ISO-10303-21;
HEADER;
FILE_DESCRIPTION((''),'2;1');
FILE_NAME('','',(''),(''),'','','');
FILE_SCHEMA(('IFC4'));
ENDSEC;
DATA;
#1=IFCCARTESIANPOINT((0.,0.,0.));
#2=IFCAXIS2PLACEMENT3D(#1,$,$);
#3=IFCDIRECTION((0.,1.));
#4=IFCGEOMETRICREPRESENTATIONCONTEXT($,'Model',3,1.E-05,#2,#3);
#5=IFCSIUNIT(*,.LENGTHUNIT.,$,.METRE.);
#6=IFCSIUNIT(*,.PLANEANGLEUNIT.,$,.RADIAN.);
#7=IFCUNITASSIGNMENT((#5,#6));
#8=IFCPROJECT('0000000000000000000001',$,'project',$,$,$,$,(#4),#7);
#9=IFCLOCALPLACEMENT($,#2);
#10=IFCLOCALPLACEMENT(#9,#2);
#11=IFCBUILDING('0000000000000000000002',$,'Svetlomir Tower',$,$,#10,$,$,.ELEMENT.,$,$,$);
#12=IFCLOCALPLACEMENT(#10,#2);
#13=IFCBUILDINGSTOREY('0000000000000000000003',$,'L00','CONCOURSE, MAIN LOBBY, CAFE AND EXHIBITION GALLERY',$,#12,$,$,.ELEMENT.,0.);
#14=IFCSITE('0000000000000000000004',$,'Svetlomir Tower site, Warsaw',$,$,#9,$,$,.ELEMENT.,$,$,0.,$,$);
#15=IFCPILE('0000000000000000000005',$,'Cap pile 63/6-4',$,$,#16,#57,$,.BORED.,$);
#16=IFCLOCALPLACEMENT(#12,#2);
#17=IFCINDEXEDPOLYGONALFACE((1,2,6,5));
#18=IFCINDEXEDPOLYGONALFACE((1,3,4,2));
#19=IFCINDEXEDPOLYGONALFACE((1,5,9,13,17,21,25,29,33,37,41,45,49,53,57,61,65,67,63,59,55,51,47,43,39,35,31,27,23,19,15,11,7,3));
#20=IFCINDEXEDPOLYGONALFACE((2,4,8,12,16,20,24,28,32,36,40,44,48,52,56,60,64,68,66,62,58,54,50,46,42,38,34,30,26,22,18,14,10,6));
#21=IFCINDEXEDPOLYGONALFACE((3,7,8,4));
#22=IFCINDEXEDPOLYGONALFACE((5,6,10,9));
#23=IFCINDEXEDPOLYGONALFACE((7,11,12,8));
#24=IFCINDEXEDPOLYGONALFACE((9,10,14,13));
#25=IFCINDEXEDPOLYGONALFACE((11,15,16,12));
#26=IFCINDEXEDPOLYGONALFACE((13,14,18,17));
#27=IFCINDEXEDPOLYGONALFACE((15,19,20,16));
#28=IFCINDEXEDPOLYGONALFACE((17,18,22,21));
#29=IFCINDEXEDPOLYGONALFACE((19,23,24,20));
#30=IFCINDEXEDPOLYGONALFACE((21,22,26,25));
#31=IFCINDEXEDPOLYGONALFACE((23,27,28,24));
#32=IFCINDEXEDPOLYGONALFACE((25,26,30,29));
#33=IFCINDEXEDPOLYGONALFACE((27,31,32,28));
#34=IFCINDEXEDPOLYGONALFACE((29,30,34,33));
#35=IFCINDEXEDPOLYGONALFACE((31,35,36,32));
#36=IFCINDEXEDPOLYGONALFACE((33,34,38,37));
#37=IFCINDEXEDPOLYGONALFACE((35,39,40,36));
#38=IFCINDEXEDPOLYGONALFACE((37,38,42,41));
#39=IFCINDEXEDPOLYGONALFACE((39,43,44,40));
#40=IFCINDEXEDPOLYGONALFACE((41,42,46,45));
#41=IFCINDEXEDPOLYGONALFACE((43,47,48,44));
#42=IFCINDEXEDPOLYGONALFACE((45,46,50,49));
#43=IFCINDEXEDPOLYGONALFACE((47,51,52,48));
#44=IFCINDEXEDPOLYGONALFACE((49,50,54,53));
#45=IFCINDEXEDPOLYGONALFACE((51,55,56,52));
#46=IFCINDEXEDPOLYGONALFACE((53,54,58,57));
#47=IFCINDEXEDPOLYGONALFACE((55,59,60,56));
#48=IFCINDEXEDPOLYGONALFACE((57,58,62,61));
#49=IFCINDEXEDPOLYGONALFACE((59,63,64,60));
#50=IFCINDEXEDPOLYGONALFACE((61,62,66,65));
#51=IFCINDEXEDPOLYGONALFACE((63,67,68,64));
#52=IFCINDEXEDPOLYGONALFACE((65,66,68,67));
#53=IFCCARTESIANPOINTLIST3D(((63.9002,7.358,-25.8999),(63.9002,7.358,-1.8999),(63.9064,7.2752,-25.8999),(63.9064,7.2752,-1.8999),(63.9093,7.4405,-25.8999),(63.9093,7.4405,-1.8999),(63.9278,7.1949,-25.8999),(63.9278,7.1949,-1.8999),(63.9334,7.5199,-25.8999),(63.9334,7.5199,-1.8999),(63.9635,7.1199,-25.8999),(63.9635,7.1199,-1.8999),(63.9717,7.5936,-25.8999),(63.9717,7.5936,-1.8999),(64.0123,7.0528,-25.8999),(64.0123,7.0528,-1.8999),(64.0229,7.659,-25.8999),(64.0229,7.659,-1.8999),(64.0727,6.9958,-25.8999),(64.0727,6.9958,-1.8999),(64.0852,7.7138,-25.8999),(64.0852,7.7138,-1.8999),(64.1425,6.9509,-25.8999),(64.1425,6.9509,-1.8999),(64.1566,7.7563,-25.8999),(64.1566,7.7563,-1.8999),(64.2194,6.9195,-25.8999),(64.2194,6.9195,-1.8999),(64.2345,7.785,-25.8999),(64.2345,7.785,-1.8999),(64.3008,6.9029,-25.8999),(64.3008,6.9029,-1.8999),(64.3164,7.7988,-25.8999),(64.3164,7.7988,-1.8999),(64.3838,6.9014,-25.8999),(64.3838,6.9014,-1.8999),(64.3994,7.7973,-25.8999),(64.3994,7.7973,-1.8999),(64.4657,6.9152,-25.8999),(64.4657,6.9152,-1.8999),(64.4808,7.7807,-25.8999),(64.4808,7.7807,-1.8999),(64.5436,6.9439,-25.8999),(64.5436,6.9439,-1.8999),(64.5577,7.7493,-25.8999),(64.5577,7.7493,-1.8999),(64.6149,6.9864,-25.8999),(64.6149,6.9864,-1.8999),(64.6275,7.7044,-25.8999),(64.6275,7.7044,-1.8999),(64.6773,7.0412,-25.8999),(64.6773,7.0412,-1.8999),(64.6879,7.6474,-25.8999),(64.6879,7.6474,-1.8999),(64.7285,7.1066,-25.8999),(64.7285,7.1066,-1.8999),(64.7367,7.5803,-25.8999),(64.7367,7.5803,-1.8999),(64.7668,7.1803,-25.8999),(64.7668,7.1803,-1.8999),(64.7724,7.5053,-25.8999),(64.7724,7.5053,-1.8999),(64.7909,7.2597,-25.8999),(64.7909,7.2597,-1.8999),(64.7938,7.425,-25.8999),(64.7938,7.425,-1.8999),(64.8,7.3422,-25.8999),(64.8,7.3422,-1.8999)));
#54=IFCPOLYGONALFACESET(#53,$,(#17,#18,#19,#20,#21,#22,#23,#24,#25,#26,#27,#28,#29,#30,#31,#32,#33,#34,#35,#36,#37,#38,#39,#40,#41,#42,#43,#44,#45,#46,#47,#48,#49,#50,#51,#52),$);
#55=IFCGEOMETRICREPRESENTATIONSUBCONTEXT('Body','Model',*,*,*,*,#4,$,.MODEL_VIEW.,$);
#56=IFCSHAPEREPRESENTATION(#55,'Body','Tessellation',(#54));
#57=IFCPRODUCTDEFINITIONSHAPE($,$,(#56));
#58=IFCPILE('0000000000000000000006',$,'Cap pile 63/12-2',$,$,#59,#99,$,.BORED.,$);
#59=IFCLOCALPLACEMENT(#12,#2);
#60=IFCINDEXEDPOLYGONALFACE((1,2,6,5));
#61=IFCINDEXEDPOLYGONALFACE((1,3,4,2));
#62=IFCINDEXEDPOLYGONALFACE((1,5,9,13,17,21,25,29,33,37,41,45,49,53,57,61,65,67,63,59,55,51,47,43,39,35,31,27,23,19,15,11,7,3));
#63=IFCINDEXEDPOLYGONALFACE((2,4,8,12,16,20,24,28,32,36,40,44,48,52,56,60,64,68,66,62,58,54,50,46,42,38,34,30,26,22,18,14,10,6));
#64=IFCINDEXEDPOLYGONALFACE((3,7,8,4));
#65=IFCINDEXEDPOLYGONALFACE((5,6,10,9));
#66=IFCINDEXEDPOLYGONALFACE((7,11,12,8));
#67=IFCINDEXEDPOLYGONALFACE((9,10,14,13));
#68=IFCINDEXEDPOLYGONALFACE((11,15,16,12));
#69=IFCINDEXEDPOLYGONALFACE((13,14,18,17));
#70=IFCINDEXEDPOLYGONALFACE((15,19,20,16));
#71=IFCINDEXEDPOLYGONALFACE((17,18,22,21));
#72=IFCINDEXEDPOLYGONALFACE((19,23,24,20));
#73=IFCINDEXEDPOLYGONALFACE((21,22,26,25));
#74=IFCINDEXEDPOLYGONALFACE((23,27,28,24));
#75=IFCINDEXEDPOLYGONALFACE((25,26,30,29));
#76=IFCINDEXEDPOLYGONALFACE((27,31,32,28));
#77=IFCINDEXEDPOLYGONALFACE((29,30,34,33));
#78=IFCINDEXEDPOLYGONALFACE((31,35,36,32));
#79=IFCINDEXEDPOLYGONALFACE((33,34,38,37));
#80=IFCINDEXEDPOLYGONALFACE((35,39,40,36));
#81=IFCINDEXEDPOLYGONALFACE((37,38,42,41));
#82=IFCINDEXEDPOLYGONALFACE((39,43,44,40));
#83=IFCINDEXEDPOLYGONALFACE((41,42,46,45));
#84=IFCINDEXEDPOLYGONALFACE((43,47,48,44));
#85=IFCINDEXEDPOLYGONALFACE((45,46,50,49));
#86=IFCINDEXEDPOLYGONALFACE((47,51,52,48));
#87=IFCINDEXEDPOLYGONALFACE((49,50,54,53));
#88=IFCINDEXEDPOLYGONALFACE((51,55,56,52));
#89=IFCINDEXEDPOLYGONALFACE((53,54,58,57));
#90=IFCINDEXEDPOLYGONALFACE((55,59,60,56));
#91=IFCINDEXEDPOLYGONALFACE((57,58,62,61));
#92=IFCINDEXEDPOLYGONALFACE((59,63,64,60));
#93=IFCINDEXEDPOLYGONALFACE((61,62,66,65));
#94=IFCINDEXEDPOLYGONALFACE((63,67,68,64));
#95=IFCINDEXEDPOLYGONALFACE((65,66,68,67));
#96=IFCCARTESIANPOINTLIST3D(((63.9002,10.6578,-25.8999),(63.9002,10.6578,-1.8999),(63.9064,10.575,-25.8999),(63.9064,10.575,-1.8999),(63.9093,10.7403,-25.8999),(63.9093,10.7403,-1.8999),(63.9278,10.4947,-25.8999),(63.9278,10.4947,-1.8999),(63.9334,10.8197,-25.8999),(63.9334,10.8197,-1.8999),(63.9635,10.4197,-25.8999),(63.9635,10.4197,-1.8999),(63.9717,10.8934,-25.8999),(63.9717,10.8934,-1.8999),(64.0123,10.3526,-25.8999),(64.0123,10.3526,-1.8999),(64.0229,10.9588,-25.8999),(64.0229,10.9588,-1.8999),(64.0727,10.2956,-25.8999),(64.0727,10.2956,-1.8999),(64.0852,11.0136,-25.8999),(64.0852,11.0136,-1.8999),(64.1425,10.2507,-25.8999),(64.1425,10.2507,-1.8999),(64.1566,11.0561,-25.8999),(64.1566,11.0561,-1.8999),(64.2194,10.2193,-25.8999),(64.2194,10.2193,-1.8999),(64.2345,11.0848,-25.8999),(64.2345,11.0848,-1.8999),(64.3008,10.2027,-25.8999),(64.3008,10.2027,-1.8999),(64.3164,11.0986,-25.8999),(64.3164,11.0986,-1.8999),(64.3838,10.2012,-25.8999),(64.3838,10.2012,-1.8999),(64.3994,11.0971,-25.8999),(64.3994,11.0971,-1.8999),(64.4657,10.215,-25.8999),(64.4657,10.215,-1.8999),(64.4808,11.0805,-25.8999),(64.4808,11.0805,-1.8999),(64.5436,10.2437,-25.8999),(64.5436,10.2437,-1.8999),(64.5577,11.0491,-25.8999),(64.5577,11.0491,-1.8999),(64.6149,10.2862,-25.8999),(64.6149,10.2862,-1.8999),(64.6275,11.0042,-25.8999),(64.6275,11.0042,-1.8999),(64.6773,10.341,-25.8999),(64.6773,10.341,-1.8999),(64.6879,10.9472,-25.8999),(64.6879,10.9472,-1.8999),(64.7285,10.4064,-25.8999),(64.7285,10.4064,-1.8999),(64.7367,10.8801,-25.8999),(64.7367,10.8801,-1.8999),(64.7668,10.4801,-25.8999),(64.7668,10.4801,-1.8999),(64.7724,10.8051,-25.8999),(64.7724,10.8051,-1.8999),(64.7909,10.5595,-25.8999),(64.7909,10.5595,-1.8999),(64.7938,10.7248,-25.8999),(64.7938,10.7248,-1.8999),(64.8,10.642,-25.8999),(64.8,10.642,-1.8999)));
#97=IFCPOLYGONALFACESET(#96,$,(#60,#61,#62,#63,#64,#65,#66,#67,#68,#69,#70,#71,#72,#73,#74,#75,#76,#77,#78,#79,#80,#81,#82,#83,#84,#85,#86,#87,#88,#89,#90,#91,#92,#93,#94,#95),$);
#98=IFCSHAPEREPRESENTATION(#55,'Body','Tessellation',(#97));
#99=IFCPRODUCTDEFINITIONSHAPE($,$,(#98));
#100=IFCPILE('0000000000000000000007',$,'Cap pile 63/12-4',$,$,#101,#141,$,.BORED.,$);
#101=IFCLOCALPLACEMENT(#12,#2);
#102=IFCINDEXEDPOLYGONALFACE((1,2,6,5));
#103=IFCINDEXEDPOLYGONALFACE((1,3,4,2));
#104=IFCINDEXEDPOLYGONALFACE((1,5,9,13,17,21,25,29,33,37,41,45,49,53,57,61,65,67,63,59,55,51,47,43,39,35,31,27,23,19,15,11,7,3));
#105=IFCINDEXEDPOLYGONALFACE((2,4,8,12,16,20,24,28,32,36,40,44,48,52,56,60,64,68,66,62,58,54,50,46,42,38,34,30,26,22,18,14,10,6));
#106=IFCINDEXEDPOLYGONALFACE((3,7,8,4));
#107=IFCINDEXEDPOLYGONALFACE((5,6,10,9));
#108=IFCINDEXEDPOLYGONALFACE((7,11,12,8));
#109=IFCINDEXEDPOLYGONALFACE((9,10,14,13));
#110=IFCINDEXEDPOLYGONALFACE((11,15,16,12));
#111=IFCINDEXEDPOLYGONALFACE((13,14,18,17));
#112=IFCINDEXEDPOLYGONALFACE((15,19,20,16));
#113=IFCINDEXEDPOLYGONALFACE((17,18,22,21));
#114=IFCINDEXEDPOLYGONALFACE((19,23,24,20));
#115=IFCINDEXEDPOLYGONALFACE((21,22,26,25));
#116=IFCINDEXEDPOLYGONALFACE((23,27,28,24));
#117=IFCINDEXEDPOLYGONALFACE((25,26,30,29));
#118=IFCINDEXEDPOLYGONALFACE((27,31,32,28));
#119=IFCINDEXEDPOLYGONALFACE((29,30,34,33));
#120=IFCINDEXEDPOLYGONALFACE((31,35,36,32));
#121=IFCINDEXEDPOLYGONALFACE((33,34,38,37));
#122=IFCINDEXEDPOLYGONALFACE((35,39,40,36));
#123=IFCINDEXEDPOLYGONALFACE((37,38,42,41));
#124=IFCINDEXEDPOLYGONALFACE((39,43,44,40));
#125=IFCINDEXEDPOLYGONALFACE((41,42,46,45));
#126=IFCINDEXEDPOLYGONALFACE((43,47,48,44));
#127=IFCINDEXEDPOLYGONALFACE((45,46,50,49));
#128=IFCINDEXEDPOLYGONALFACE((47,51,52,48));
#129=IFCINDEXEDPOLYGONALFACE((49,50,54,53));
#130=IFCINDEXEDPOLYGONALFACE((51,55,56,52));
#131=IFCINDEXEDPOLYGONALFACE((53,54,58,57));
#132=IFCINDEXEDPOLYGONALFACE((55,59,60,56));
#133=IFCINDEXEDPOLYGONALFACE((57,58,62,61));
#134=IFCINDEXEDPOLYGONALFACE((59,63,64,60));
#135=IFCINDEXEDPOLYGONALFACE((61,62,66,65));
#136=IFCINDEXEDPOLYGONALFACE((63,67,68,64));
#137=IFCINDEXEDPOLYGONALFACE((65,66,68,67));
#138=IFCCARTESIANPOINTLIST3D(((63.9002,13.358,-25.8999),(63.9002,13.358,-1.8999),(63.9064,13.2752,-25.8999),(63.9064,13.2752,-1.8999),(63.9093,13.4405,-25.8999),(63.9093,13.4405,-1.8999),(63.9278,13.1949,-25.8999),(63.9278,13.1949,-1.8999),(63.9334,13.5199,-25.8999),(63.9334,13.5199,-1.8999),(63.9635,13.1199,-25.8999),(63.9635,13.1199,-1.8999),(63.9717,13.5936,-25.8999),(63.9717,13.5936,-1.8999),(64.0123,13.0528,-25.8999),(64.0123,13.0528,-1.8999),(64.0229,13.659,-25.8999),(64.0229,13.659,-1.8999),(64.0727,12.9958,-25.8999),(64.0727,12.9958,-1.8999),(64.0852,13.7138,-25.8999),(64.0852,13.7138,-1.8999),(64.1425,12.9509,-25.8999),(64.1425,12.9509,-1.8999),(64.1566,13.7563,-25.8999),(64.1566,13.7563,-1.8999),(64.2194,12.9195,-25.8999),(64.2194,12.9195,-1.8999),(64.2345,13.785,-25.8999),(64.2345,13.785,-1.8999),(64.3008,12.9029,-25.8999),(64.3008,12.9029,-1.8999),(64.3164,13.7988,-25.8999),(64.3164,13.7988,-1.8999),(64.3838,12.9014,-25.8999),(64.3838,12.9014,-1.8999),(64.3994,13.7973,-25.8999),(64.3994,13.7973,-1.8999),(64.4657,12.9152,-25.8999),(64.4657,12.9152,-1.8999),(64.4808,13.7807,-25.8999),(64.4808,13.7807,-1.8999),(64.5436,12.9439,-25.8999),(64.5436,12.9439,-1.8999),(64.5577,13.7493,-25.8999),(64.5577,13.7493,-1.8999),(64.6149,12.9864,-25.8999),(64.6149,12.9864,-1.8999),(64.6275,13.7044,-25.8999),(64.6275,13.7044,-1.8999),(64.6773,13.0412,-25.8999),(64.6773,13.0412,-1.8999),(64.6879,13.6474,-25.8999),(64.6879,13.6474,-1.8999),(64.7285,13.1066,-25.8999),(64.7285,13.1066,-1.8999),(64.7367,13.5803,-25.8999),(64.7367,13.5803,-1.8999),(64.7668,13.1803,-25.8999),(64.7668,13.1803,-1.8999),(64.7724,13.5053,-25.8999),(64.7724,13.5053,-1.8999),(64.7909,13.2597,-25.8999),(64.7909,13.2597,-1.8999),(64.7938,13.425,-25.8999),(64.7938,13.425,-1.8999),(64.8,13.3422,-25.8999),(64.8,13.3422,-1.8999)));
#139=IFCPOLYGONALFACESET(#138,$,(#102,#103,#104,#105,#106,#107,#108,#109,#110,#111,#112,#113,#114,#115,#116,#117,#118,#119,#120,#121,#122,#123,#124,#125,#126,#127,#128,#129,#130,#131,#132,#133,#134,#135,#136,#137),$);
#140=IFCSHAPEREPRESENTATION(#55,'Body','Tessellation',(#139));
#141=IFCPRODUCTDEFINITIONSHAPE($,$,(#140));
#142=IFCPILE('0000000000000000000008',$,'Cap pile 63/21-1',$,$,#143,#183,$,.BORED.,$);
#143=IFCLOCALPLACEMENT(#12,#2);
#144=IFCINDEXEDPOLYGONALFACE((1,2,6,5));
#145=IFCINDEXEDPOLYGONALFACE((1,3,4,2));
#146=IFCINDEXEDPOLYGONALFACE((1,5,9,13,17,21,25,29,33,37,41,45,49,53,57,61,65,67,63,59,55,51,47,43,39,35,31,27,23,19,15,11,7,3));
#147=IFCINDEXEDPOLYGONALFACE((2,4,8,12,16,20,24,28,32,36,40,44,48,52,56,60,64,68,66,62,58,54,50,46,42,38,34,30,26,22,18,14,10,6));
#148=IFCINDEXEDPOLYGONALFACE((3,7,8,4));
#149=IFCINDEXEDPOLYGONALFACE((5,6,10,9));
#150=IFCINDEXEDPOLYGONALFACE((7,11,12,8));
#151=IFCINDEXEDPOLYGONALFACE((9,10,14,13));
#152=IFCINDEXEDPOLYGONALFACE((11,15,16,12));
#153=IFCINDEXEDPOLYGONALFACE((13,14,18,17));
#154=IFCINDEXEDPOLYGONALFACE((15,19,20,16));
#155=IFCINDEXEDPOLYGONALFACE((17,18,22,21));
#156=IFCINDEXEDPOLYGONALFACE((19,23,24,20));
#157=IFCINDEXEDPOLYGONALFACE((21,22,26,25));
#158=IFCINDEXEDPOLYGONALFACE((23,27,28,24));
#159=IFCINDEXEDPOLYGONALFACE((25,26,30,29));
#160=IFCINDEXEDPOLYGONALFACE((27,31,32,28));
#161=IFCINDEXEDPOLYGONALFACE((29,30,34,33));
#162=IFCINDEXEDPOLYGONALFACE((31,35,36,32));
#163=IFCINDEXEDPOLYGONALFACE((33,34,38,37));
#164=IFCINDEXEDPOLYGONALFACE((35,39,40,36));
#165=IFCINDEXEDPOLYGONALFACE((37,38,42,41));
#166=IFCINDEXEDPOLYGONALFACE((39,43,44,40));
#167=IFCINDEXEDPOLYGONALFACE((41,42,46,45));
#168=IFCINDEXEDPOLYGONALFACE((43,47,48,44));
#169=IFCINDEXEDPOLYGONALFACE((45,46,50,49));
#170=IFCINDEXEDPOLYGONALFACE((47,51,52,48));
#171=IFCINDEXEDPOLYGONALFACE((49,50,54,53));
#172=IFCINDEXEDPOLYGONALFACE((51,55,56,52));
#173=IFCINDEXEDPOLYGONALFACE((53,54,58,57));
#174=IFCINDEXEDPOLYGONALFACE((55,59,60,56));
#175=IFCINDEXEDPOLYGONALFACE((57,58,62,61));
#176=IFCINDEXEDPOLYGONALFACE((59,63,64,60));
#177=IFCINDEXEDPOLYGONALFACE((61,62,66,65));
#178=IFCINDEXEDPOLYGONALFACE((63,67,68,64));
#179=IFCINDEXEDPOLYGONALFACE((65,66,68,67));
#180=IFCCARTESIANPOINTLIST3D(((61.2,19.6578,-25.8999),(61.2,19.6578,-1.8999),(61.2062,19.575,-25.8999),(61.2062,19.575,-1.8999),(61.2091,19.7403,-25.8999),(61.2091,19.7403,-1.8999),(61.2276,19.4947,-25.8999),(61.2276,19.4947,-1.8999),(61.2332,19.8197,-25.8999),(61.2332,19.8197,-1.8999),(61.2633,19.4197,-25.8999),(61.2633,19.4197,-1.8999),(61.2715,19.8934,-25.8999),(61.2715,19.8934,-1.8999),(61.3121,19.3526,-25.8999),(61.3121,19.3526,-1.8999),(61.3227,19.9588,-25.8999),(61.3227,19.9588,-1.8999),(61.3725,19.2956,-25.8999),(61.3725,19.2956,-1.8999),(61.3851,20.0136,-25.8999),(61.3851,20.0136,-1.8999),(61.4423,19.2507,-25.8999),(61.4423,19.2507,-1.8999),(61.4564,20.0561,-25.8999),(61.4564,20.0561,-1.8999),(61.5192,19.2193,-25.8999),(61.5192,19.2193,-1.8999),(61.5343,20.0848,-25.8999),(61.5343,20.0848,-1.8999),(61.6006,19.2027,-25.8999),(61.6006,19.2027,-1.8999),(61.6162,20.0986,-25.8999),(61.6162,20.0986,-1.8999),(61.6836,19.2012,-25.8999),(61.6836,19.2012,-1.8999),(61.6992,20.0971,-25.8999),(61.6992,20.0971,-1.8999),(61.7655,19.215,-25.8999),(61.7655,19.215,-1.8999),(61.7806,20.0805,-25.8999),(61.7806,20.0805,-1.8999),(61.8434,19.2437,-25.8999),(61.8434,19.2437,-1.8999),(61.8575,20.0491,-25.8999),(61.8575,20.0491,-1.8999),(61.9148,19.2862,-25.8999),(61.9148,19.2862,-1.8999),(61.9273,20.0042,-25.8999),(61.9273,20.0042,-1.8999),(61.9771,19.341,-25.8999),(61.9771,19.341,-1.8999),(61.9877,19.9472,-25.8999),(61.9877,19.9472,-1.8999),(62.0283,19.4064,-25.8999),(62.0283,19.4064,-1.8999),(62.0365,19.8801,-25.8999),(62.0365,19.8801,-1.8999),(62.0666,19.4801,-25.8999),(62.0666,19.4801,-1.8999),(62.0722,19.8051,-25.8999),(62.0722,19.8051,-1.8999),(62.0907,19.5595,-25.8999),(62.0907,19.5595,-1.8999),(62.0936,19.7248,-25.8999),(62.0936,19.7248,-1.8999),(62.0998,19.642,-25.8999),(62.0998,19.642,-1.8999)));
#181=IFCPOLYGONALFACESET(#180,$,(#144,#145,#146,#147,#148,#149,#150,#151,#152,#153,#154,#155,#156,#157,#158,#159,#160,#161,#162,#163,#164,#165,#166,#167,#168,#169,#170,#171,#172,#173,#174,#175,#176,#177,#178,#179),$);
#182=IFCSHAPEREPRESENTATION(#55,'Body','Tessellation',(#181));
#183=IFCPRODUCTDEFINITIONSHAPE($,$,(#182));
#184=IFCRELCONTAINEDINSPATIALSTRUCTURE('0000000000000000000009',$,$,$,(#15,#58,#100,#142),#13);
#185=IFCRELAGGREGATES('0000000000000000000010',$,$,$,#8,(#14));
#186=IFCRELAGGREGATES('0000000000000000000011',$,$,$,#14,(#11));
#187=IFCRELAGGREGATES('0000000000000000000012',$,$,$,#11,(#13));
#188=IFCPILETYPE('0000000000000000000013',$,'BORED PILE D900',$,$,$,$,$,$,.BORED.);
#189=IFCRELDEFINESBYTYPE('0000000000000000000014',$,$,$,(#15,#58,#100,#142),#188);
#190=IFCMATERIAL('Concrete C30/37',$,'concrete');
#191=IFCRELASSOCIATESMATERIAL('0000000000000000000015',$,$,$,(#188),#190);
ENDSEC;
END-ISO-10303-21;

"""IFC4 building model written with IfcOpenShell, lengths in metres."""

from ifc_helpers import new_model, si_unit, direction, frame, frame_2d, origin, origin_2d, place, context, subcontext, project, spatial, circle, extrude, material, material_profile, profile_set, type_object, element, save


model = new_model("IFC4")

# Units and contexts
model_context = context("Model", 3, precision=1e-05, world=origin(), true_north=direction((0.0, 1.0)))
body_context = subcontext(model_context, "Body", "Model", "MODEL_VIEW")
ifc_project = project(units=[si_unit("LENGTHUNIT", "METRE"), si_unit("PLANEANGLEUNIT", "RADIAN")], contexts=[model_context])

# Site, building, storey
site_placement = place(None, origin())
site = spatial("IfcSite", under=ifc_project, at=site_placement, Name="Svetlomir Tower site, Warsaw", CompositionType="ELEMENT", RefElevation=0.0)
building_placement = place(site_placement, origin())
building = spatial("IfcBuilding", under=site, at=building_placement, Name="Svetlomir Tower", CompositionType="ELEMENT")
storey_placement = place(building_placement, origin())
storey = spatial("IfcBuildingStorey", under=building, at=storey_placement, Name="L00", Description="CONCOURSE, MAIN LOBBY, CAFE AND EXHIBITION GALLERY", CompositionType="ELEMENT", Elevation=0.0)

# Piles
ifc_material_1 = material(Name="Concrete C30/37", Category="concrete")
ifc_material_profile_1 = material_profile(ifc_material_1, circle(Radius=0.45, at=origin_2d()), Name="RC D900")
ifc_profile_set_1 = profile_set([ifc_material_profile_1], Name="Concrete C30/37")
pile_type = type_object("IfcPileType", Name="BORED PILE D900", PredefinedType="BORED", material=ifc_profile_set_1)
for number, where, z_axis, x_axis, name in (
    (1, (64.3501, 7.3501, -1.8999), (0.0, 0.0, -1.0), (1.0, 0.0, 0.0), "Cap pile 63/6-4"),
    (2, (64.3501, 10.6499, -1.8999), (0.0, 0.0, -1.0), (1.0, 0.0, 0.0), "Cap pile 63/12-2"),
    (3, (64.3501, 13.3501, -1.8999), (0.0, 0.0, -1.0), (1.0, 0.0, 0.0), "Cap pile 63/12-4"),
    (4, (61.6499, 19.6499, -1.8999), (0.0, 0.0, -1.0), (1.0, 0.0, 0.0), "Cap pile 63/21-1"),
):
    element("IfcPile", number, at=place(storey_placement, frame(where, z_axis=z_axis, x_axis=x_axis)), inside=storey, type_object=pile_type, Name=name, PredefinedType="BORED", context=body_context, shape_type="SweptSolid", body=[
        extrude(circle(Radius=0.45, at=frame_2d((0.0, 0.0), x_axis=(0.999848, 0.017452))), origin(), (0.0, 0.0, 1.0), 24.0),
    ])

save(model, "model.ifc")
